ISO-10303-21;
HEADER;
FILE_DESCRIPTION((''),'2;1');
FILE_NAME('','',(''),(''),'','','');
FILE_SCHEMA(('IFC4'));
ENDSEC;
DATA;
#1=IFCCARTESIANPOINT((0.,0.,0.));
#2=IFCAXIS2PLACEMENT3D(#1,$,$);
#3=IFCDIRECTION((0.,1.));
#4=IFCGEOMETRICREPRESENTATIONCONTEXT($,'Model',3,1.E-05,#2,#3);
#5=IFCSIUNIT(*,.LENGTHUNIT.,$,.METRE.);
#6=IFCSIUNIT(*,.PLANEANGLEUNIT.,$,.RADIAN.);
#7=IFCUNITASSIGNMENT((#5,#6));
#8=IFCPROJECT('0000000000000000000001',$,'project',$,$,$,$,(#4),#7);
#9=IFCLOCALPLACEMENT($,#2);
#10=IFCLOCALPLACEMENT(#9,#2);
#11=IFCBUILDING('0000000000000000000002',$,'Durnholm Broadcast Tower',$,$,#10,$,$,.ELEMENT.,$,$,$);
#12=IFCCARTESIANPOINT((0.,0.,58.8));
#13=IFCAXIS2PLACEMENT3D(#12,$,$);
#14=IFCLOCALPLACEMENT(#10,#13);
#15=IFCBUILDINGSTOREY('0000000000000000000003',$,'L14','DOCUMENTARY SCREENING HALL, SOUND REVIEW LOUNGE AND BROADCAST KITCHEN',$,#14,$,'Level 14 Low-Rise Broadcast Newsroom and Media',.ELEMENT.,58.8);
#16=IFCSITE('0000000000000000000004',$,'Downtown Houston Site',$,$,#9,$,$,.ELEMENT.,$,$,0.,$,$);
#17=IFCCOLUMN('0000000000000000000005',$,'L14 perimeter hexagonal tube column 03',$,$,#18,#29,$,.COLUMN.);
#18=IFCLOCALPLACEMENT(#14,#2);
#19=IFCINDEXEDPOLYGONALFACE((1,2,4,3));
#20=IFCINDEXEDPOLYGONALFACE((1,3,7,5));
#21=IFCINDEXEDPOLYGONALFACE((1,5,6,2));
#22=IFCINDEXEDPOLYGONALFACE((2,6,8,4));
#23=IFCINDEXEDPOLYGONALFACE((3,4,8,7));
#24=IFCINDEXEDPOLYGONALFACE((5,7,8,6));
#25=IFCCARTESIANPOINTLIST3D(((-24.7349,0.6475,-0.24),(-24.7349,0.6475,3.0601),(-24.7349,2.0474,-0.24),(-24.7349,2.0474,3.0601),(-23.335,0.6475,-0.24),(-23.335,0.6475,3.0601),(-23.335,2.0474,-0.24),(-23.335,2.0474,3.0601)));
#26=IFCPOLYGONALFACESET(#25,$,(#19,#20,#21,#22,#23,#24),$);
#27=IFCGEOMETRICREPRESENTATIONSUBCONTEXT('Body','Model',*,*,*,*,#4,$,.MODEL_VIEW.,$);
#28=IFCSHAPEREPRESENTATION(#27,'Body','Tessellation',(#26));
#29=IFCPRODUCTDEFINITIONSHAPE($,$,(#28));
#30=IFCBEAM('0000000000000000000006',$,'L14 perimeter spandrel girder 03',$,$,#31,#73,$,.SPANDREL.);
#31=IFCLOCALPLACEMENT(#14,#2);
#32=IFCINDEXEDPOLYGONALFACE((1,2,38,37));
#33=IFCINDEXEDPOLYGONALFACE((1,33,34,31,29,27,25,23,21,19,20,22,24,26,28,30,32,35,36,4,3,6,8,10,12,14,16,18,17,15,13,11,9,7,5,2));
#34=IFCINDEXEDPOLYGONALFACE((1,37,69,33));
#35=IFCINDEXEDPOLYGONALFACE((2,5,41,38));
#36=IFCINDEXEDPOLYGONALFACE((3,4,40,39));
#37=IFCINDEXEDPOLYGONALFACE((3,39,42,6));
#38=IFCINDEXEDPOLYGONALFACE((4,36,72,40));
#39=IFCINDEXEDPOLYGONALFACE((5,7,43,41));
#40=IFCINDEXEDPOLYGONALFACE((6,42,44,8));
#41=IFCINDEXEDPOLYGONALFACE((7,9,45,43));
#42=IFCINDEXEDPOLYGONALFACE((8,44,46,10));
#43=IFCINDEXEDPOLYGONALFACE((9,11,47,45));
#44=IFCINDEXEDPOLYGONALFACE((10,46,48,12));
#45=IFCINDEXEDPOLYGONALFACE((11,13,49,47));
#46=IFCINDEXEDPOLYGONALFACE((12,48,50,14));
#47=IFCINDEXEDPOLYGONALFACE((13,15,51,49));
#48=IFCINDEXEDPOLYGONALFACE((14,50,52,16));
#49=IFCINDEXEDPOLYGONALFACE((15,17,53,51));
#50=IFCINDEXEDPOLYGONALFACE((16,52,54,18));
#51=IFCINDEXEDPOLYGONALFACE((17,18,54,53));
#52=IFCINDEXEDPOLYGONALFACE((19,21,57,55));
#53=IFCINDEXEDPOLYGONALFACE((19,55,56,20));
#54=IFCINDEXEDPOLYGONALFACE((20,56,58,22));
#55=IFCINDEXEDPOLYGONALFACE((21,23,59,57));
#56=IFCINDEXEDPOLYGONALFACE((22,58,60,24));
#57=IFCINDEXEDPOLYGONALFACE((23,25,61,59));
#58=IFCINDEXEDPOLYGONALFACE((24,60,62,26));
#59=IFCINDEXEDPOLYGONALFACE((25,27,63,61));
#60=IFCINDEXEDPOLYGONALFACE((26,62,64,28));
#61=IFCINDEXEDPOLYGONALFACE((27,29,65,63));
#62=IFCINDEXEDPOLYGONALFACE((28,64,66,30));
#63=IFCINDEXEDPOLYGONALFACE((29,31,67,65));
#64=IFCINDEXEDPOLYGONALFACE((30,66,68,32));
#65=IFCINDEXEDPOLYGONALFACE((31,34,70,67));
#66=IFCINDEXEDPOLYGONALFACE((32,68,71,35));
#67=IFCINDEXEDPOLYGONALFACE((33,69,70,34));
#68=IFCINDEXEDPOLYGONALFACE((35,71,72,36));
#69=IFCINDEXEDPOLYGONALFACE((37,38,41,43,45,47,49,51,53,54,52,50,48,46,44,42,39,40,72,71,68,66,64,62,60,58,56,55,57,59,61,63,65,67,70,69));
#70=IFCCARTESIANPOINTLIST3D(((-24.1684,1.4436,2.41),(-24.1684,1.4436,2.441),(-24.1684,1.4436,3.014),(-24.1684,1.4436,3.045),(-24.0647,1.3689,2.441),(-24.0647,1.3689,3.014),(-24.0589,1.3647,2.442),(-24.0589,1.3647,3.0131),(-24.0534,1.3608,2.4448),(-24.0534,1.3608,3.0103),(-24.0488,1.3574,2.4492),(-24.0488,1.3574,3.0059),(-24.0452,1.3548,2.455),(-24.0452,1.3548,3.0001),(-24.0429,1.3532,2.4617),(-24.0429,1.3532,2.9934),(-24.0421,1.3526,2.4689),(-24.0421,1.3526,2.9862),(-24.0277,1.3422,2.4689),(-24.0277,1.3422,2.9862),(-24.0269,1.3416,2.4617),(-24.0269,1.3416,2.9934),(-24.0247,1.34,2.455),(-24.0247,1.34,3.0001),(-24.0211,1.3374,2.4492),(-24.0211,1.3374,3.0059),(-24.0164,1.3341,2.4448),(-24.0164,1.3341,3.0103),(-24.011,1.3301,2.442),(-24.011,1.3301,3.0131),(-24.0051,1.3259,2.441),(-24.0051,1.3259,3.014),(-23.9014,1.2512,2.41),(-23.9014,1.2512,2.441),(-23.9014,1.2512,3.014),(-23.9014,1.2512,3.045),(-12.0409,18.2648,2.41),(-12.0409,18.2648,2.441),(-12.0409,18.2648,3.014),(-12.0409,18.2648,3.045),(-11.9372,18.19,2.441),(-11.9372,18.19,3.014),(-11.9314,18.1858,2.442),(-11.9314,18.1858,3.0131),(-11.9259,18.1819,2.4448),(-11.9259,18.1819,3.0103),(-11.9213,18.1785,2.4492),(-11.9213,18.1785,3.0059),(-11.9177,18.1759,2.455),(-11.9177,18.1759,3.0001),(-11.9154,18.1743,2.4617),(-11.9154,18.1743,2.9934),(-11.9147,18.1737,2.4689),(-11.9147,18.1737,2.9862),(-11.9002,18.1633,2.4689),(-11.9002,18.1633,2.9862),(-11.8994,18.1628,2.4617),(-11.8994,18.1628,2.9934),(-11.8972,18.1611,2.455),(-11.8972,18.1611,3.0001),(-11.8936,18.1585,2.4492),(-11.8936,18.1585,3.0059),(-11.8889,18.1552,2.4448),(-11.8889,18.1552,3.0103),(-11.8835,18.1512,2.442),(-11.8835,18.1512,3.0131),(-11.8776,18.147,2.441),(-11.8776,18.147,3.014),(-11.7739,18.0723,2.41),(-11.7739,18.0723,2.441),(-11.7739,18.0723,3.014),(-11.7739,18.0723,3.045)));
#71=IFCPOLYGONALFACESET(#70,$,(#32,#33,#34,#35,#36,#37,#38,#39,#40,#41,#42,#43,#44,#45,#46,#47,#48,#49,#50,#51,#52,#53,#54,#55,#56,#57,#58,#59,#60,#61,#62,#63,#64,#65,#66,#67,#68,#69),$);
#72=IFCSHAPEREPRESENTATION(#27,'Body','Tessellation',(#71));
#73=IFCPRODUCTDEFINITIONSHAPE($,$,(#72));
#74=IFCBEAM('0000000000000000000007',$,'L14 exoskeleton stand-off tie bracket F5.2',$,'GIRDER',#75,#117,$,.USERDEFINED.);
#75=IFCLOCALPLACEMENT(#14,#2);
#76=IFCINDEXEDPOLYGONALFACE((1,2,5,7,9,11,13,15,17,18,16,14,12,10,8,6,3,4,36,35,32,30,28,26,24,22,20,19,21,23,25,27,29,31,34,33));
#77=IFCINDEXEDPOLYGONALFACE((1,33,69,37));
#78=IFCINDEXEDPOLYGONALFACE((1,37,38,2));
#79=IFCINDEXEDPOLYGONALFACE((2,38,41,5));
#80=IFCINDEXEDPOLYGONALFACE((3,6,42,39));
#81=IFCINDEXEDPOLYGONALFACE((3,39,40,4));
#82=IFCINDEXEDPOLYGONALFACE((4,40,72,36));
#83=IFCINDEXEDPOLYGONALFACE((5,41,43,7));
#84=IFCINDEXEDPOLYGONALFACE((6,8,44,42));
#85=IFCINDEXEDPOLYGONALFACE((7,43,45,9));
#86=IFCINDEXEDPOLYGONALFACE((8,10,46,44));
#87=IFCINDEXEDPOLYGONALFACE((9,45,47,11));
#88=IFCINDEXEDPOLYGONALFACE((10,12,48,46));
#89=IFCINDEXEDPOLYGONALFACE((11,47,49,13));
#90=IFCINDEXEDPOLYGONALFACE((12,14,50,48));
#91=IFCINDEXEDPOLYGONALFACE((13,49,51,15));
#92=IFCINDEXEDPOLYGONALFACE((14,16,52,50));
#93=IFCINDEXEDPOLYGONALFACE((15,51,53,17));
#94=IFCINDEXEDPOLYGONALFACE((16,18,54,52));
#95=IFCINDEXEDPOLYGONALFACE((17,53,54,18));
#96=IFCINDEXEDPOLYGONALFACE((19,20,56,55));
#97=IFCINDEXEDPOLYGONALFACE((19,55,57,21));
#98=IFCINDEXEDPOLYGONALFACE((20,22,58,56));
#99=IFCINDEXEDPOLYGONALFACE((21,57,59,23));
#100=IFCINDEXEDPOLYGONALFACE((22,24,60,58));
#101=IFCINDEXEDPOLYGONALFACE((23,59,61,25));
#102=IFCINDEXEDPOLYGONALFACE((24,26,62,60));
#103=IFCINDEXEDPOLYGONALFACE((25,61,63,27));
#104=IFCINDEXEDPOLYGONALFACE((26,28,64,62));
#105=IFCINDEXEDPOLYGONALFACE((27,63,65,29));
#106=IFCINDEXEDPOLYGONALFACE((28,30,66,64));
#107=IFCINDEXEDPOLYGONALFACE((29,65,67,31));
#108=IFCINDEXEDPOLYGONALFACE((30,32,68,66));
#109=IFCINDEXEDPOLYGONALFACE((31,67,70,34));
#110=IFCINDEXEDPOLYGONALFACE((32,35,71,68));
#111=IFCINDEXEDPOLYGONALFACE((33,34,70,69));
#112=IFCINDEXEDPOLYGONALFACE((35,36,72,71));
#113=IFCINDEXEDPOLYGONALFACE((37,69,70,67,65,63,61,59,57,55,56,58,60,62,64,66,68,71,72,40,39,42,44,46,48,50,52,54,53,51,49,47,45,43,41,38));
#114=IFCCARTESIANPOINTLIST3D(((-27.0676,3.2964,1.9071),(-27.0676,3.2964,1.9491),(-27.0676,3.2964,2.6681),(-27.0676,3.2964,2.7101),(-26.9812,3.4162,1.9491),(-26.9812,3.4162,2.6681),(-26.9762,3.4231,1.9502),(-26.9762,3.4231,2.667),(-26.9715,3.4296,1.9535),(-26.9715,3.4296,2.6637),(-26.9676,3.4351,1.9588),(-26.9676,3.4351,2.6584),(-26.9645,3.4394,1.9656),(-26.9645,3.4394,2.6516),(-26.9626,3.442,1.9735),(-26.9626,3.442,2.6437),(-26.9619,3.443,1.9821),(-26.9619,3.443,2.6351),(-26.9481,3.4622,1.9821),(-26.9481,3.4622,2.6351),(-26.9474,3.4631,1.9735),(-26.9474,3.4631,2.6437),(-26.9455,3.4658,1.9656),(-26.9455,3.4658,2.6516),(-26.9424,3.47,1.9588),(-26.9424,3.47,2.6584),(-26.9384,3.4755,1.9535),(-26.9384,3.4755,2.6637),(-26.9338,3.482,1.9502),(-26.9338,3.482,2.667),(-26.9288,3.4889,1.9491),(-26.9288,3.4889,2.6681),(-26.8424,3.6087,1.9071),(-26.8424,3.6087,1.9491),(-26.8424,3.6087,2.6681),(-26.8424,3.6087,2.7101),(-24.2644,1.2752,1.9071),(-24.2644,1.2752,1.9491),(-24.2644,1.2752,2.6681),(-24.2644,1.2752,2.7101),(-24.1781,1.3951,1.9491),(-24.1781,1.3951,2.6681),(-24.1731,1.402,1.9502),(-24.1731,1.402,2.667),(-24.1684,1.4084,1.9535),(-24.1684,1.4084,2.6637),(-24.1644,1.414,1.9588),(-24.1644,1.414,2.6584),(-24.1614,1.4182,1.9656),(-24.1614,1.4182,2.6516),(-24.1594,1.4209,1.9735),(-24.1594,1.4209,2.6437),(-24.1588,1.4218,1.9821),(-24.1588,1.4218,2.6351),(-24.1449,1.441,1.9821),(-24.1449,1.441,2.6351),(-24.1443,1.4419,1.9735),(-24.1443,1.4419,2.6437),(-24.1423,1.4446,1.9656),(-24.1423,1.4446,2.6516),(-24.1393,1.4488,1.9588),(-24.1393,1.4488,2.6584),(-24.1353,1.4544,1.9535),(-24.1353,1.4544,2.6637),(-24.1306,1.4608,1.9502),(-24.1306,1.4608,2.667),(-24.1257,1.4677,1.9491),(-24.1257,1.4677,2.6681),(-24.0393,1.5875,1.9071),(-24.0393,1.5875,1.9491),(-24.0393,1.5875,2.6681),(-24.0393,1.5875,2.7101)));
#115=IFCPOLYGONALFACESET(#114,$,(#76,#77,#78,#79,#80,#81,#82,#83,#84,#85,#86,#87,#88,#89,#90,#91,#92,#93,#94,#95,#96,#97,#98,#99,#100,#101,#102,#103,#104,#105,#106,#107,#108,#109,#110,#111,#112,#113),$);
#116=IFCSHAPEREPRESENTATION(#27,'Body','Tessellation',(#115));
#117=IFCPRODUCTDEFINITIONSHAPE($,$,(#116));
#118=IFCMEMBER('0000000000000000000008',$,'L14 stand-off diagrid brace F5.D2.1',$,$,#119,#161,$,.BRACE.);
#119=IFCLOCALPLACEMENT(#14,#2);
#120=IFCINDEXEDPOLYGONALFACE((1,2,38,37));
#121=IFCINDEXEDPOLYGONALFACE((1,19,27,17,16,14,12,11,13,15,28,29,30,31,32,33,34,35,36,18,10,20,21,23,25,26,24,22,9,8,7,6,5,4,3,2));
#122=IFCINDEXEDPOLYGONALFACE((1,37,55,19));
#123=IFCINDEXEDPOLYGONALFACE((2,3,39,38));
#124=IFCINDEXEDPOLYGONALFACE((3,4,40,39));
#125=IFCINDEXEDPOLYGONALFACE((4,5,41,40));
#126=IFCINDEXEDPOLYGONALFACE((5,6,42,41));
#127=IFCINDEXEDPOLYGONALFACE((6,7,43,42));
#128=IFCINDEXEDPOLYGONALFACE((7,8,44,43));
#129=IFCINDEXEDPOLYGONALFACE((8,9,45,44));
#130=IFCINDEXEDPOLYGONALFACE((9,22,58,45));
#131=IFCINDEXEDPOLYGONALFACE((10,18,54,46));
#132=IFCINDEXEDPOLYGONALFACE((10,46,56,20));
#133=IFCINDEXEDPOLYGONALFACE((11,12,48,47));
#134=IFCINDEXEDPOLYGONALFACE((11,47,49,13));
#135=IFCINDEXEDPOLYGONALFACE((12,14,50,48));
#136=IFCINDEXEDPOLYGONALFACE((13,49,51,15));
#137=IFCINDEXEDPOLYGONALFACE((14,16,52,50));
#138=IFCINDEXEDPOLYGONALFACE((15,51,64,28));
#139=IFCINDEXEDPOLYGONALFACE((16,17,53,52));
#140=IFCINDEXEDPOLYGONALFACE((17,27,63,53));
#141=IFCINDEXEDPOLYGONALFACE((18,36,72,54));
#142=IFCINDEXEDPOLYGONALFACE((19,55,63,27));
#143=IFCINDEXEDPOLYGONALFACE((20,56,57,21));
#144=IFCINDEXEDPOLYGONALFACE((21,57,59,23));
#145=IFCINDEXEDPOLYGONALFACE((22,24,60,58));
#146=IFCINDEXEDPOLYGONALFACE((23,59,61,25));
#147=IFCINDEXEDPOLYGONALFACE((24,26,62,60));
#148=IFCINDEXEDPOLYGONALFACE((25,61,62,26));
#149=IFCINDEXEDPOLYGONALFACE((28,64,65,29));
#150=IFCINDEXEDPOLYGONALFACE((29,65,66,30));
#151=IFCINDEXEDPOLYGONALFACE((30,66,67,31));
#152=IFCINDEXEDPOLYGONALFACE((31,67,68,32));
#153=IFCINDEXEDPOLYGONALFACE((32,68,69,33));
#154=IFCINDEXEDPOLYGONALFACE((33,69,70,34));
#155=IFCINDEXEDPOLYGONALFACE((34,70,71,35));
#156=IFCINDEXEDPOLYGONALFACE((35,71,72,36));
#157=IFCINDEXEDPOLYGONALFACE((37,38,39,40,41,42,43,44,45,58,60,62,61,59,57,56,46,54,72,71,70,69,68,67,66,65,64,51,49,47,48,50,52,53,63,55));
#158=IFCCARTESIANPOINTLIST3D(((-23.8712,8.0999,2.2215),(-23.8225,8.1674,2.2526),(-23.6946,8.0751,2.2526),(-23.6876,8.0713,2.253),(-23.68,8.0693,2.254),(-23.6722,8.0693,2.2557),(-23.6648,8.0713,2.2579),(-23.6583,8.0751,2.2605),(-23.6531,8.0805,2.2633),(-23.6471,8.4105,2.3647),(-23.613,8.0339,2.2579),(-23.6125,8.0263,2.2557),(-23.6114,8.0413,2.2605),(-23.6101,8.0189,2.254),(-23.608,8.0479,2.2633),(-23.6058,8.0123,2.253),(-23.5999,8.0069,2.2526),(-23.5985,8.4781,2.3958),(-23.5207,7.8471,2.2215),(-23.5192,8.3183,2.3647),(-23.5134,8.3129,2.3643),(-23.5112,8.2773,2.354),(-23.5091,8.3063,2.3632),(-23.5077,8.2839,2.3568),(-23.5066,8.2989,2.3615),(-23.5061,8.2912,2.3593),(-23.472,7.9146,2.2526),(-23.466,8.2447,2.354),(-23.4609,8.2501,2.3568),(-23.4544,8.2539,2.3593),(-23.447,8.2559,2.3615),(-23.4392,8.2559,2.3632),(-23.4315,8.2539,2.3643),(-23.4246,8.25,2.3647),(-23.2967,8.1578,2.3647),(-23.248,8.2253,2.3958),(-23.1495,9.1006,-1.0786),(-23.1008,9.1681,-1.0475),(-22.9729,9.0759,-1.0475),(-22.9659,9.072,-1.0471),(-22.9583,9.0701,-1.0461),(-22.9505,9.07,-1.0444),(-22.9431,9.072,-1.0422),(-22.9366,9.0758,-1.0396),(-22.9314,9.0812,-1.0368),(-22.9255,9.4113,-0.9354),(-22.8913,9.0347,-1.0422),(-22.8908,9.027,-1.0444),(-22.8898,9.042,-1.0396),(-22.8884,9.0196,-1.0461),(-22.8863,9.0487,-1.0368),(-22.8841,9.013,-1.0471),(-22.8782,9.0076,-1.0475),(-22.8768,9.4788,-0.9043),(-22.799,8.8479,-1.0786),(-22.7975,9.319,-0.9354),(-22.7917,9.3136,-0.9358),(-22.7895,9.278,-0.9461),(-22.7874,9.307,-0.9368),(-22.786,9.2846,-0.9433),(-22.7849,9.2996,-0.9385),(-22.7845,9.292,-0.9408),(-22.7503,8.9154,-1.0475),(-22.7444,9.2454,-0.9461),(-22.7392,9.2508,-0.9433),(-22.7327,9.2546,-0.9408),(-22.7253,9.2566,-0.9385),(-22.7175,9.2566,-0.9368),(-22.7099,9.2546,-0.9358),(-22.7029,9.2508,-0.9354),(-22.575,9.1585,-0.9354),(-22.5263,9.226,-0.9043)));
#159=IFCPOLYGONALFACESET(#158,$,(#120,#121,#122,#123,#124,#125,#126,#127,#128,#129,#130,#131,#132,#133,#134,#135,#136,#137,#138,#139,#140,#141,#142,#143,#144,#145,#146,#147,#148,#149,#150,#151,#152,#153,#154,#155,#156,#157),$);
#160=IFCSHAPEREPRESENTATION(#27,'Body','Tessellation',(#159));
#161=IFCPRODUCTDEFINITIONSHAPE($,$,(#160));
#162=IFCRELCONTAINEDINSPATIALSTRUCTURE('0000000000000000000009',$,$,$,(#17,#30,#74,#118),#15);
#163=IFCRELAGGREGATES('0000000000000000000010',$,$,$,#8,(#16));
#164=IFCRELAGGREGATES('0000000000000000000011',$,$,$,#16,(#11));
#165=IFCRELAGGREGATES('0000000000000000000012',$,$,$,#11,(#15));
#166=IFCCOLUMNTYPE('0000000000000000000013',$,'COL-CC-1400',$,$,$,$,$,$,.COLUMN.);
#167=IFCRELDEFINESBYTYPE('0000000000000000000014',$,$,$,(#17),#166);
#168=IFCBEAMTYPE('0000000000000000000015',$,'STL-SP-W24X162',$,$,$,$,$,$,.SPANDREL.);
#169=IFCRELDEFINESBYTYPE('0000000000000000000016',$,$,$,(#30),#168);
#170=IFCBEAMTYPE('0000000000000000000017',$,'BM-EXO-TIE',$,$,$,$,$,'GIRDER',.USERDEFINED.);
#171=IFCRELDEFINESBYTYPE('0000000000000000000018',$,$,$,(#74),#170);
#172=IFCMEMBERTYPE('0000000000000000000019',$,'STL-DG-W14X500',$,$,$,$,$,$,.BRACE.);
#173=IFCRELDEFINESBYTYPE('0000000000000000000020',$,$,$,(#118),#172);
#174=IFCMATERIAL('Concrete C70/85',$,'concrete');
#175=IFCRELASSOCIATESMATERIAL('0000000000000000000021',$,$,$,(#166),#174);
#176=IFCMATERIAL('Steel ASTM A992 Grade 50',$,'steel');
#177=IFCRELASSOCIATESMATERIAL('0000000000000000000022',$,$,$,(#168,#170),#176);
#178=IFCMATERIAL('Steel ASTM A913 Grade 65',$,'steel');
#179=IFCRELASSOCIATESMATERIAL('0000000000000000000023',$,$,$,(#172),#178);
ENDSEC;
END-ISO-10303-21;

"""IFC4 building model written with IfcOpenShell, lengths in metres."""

from ifc_helpers import new_model, si_unit, direction, frame, origin, origin_2d, place, context, subcontext, project, spatial, rectangle, i_section, extrude, source, transform, mapped, material, material_profile, profile_set, type_object, type_shapes, element, save


model = new_model("IFC4")

# Units and contexts
model_context = context("Model", 3, precision=1e-05, world=origin(), true_north=direction((0.0, 1.0)))
body_context = subcontext(model_context, "Body", "Model", "MODEL_VIEW")
ifc_project = project(units=[si_unit("LENGTHUNIT", "METRE"), si_unit("PLANEANGLEUNIT", "RADIAN")], contexts=[model_context])

# Site, building, storey
site_placement = place(None, origin())
site = spatial("IfcSite", under=ifc_project, at=site_placement, Name="Downtown Houston Site", CompositionType="ELEMENT", RefElevation=0.0)
building_placement = place(site_placement, origin())
building = spatial("IfcBuilding", under=site, at=building_placement, Name="Durnholm Broadcast Tower", CompositionType="ELEMENT")
storey_placement = place(building_placement, frame((0.0, 0.0, 58.8)))
storey = spatial("IfcBuildingStorey", under=building, at=storey_placement, Name="L14", Description="DOCUMENTARY SCREENING HALL, SOUND REVIEW LOUNGE AND BROADCAST KITCHEN", LongName="Level 14 Low-Rise Broadcast Newsroom and Media", CompositionType="ELEMENT", Elevation=58.8)

# Column
ifc_material_1 = material(Name="Concrete C70/85", Category="concrete")
ifc_material_profile_1 = material_profile(ifc_material_1, rectangle(XDim=1.3999, YDim=1.3999, at=origin_2d()), Name="RC1400X1400")
ifc_profile_set_1 = profile_set([ifc_material_profile_1], Name="Concrete C70/85")
column_type = type_object("IfcColumnType", Name="COL-CC-1400", PredefinedType="COLUMN", material=ifc_profile_set_1)
shared_shape_1 = source(origin(), body_context, "Body", "SweptSolid", [
    extrude(rectangle(XDim=1.3999, YDim=1.3999, at=origin_2d()), origin(), (0.0, 0.0, 1.0), 3.3),
])
type_shapes(column_type, [shared_shape_1])
column_placement = place(storey_placement, frame((-24.0349, 1.3474, -0.24), z_axis=(0.0, 0.0, 1.0), x_axis=(1.0, 0.0, 0.0)))
element("IfcColumn", 1, at=column_placement, inside=storey, type_object=column_type, Name="L14 perimeter hexagonal tube column 03", PredefinedType="COLUMN", context=body_context, shape_type="MappedRepresentation", body=[
    mapped(shared_shape_1, transform((0.0, 0.0, 0.0), x_axis=(1.0, 0.0, 0.0), y_axis=(0.0, 1.0, 0.0), z_axis=(0.0, 0.0, 1.0), scale=1.0)),
])

# Beams
ifc_material_2 = material(Name="Steel ASTM A992 Grade 50", Category="steel")
ifc_material_profile_2 = material_profile(ifc_material_2, i_section(OverallWidth=0.3291, OverallDepth=0.635, WebThickness=0.0178, FlangeThickness=0.031, FilletRadius=0.0278, at=origin_2d()), Name="W24X162")
ifc_profile_set_2 = profile_set([ifc_material_profile_2], Name="Steel ASTM A992 Grade 50")
beam_type_1 = type_object("IfcBeamType", Name="STL-SP-W24X162", PredefinedType="SPANDREL", material=ifc_profile_set_2)
shared_shape_2 = source(origin(), body_context, "Body", "SweptSolid", [
    extrude(i_section(OverallWidth=0.3291, OverallDepth=0.635, WebThickness=0.0178, FlangeThickness=0.031, FilletRadius=0.0278, at=origin_2d()), origin(), (0.0, 0.0, 1.0), 20.7371),
])
type_shapes(beam_type_1, [shared_shape_2])
beam_1_placement = place(storey_placement, frame((-24.0349, 1.3474, 2.7275), z_axis=(0.584822, 0.811162, 0.0), x_axis=(-0.811162, 0.584822, 0.0)))
element("IfcBeam", 2, at=beam_1_placement, inside=storey, type_object=beam_type_1, Name="L14 perimeter spandrel girder 03", PredefinedType="SPANDREL", context=body_context, shape_type="MappedRepresentation", body=[
    mapped(shared_shape_2, transform((0.0, 0.0, 0.0), x_axis=(1.0, 0.0, 0.0), y_axis=(0.0, 1.0, 0.0), z_axis=(0.0, 0.0, 1.0), scale=1.0)),
])
ifc_material_profile_3 = material_profile(ifc_material_2, i_section(OverallWidth=0.385, OverallDepth=0.803, WebThickness=0.0237, FlangeThickness=0.042, FilletRadius=0.033, at=origin_2d()), Name="W30X261")
ifc_profile_set_3 = profile_set([ifc_material_profile_3], Name="Steel ASTM A992 Grade 50")
beam_type_2 = type_object("IfcBeamType", Name="BM-EXO-TIE", ElementType="GIRDER", PredefinedType="USERDEFINED", material=ifc_profile_set_3)
shared_shape_3 = source(origin(), body_context, "Body", "SweptSolid", [
    extrude(i_section(OverallWidth=0.385, OverallDepth=0.803, WebThickness=0.0237, FlangeThickness=0.042, FilletRadius=0.033, at=origin_2d()), origin(), (0.0, 0.0, 1.0), 3.4558),
])
type_shapes(beam_type_2, [shared_shape_3])
beam_2_placement = place(storey_placement, frame((-24.1519, 1.4314, 2.3086), z_axis=(-0.811134, 0.584861, 0.0), x_axis=(-0.584861, -0.811134, 0.0)))
element("IfcBeam", 3, at=beam_2_placement, inside=storey, type_object=beam_type_2, Name="L14 exoskeleton stand-off tie bracket F5.2", ObjectType="GIRDER", PredefinedType="USERDEFINED", context=body_context, shape_type="MappedRepresentation", body=[
    mapped(shared_shape_3, transform((0.0, 0.0, 0.0), x_axis=(1.0, 0.0, 0.0), y_axis=(0.0, 1.0, 0.0), z_axis=(0.0, 0.0, 1.0), scale=1.0)),
])

# Member
ifc_material_3 = material(Name="Steel ASTM A913 Grade 65", Category="steel")
ifc_material_profile_4 = material_profile(ifc_material_3, i_section(OverallWidth=0.4321, OverallDepth=0.4978, WebThickness=0.0557, FlangeThickness=0.0889, FilletRadius=0.0305, at=origin_2d()), Name="W14X500")
ifc_profile_set_4 = profile_set([ifc_material_profile_4], Name="Steel ASTM A913 Grade 65")
member_type_1 = type_object("IfcMemberType", Name="STL-DG-W14X500", PredefinedType="BRACE", material=ifc_profile_set_4)
shared_shape_4 = source(origin(), body_context, "Body", "SweptSolid", [
    extrude(i_section(OverallWidth=0.4321, OverallDepth=0.4978, WebThickness=0.0557, FlangeThickness=0.0889, FilletRadius=0.0305, at=origin_2d()), origin(), (0.0, 0.0, 1.0), 3.5232),
])
type_shapes(member_type_1, [shared_shape_4])
for number, where, z_axis, x_axis, name in (
    (4, (-22.8379, 9.1633, -0.9915), (-0.204839, -0.284045, 0.936675), (0.811091, -0.58492, 0.0), "L14 stand-off diagrid brace F5.D2.1"),
):
    element("IfcMember", number, at=place(storey_placement, frame(where, z_axis=z_axis, x_axis=x_axis)), inside=storey, type_object=member_type_1, Name=name, PredefinedType="BRACE", context=body_context, shape_type="MappedRepresentation", body=[
        mapped(shared_shape_4, transform((0.0, 0.0, 0.0), x_axis=(1.0, 0.0, 0.0), y_axis=(0.0, 1.0, 0.0), z_axis=(0.0, 0.0, 1.0), scale=1.0)),
    ])

save(model, "model.ifc")
